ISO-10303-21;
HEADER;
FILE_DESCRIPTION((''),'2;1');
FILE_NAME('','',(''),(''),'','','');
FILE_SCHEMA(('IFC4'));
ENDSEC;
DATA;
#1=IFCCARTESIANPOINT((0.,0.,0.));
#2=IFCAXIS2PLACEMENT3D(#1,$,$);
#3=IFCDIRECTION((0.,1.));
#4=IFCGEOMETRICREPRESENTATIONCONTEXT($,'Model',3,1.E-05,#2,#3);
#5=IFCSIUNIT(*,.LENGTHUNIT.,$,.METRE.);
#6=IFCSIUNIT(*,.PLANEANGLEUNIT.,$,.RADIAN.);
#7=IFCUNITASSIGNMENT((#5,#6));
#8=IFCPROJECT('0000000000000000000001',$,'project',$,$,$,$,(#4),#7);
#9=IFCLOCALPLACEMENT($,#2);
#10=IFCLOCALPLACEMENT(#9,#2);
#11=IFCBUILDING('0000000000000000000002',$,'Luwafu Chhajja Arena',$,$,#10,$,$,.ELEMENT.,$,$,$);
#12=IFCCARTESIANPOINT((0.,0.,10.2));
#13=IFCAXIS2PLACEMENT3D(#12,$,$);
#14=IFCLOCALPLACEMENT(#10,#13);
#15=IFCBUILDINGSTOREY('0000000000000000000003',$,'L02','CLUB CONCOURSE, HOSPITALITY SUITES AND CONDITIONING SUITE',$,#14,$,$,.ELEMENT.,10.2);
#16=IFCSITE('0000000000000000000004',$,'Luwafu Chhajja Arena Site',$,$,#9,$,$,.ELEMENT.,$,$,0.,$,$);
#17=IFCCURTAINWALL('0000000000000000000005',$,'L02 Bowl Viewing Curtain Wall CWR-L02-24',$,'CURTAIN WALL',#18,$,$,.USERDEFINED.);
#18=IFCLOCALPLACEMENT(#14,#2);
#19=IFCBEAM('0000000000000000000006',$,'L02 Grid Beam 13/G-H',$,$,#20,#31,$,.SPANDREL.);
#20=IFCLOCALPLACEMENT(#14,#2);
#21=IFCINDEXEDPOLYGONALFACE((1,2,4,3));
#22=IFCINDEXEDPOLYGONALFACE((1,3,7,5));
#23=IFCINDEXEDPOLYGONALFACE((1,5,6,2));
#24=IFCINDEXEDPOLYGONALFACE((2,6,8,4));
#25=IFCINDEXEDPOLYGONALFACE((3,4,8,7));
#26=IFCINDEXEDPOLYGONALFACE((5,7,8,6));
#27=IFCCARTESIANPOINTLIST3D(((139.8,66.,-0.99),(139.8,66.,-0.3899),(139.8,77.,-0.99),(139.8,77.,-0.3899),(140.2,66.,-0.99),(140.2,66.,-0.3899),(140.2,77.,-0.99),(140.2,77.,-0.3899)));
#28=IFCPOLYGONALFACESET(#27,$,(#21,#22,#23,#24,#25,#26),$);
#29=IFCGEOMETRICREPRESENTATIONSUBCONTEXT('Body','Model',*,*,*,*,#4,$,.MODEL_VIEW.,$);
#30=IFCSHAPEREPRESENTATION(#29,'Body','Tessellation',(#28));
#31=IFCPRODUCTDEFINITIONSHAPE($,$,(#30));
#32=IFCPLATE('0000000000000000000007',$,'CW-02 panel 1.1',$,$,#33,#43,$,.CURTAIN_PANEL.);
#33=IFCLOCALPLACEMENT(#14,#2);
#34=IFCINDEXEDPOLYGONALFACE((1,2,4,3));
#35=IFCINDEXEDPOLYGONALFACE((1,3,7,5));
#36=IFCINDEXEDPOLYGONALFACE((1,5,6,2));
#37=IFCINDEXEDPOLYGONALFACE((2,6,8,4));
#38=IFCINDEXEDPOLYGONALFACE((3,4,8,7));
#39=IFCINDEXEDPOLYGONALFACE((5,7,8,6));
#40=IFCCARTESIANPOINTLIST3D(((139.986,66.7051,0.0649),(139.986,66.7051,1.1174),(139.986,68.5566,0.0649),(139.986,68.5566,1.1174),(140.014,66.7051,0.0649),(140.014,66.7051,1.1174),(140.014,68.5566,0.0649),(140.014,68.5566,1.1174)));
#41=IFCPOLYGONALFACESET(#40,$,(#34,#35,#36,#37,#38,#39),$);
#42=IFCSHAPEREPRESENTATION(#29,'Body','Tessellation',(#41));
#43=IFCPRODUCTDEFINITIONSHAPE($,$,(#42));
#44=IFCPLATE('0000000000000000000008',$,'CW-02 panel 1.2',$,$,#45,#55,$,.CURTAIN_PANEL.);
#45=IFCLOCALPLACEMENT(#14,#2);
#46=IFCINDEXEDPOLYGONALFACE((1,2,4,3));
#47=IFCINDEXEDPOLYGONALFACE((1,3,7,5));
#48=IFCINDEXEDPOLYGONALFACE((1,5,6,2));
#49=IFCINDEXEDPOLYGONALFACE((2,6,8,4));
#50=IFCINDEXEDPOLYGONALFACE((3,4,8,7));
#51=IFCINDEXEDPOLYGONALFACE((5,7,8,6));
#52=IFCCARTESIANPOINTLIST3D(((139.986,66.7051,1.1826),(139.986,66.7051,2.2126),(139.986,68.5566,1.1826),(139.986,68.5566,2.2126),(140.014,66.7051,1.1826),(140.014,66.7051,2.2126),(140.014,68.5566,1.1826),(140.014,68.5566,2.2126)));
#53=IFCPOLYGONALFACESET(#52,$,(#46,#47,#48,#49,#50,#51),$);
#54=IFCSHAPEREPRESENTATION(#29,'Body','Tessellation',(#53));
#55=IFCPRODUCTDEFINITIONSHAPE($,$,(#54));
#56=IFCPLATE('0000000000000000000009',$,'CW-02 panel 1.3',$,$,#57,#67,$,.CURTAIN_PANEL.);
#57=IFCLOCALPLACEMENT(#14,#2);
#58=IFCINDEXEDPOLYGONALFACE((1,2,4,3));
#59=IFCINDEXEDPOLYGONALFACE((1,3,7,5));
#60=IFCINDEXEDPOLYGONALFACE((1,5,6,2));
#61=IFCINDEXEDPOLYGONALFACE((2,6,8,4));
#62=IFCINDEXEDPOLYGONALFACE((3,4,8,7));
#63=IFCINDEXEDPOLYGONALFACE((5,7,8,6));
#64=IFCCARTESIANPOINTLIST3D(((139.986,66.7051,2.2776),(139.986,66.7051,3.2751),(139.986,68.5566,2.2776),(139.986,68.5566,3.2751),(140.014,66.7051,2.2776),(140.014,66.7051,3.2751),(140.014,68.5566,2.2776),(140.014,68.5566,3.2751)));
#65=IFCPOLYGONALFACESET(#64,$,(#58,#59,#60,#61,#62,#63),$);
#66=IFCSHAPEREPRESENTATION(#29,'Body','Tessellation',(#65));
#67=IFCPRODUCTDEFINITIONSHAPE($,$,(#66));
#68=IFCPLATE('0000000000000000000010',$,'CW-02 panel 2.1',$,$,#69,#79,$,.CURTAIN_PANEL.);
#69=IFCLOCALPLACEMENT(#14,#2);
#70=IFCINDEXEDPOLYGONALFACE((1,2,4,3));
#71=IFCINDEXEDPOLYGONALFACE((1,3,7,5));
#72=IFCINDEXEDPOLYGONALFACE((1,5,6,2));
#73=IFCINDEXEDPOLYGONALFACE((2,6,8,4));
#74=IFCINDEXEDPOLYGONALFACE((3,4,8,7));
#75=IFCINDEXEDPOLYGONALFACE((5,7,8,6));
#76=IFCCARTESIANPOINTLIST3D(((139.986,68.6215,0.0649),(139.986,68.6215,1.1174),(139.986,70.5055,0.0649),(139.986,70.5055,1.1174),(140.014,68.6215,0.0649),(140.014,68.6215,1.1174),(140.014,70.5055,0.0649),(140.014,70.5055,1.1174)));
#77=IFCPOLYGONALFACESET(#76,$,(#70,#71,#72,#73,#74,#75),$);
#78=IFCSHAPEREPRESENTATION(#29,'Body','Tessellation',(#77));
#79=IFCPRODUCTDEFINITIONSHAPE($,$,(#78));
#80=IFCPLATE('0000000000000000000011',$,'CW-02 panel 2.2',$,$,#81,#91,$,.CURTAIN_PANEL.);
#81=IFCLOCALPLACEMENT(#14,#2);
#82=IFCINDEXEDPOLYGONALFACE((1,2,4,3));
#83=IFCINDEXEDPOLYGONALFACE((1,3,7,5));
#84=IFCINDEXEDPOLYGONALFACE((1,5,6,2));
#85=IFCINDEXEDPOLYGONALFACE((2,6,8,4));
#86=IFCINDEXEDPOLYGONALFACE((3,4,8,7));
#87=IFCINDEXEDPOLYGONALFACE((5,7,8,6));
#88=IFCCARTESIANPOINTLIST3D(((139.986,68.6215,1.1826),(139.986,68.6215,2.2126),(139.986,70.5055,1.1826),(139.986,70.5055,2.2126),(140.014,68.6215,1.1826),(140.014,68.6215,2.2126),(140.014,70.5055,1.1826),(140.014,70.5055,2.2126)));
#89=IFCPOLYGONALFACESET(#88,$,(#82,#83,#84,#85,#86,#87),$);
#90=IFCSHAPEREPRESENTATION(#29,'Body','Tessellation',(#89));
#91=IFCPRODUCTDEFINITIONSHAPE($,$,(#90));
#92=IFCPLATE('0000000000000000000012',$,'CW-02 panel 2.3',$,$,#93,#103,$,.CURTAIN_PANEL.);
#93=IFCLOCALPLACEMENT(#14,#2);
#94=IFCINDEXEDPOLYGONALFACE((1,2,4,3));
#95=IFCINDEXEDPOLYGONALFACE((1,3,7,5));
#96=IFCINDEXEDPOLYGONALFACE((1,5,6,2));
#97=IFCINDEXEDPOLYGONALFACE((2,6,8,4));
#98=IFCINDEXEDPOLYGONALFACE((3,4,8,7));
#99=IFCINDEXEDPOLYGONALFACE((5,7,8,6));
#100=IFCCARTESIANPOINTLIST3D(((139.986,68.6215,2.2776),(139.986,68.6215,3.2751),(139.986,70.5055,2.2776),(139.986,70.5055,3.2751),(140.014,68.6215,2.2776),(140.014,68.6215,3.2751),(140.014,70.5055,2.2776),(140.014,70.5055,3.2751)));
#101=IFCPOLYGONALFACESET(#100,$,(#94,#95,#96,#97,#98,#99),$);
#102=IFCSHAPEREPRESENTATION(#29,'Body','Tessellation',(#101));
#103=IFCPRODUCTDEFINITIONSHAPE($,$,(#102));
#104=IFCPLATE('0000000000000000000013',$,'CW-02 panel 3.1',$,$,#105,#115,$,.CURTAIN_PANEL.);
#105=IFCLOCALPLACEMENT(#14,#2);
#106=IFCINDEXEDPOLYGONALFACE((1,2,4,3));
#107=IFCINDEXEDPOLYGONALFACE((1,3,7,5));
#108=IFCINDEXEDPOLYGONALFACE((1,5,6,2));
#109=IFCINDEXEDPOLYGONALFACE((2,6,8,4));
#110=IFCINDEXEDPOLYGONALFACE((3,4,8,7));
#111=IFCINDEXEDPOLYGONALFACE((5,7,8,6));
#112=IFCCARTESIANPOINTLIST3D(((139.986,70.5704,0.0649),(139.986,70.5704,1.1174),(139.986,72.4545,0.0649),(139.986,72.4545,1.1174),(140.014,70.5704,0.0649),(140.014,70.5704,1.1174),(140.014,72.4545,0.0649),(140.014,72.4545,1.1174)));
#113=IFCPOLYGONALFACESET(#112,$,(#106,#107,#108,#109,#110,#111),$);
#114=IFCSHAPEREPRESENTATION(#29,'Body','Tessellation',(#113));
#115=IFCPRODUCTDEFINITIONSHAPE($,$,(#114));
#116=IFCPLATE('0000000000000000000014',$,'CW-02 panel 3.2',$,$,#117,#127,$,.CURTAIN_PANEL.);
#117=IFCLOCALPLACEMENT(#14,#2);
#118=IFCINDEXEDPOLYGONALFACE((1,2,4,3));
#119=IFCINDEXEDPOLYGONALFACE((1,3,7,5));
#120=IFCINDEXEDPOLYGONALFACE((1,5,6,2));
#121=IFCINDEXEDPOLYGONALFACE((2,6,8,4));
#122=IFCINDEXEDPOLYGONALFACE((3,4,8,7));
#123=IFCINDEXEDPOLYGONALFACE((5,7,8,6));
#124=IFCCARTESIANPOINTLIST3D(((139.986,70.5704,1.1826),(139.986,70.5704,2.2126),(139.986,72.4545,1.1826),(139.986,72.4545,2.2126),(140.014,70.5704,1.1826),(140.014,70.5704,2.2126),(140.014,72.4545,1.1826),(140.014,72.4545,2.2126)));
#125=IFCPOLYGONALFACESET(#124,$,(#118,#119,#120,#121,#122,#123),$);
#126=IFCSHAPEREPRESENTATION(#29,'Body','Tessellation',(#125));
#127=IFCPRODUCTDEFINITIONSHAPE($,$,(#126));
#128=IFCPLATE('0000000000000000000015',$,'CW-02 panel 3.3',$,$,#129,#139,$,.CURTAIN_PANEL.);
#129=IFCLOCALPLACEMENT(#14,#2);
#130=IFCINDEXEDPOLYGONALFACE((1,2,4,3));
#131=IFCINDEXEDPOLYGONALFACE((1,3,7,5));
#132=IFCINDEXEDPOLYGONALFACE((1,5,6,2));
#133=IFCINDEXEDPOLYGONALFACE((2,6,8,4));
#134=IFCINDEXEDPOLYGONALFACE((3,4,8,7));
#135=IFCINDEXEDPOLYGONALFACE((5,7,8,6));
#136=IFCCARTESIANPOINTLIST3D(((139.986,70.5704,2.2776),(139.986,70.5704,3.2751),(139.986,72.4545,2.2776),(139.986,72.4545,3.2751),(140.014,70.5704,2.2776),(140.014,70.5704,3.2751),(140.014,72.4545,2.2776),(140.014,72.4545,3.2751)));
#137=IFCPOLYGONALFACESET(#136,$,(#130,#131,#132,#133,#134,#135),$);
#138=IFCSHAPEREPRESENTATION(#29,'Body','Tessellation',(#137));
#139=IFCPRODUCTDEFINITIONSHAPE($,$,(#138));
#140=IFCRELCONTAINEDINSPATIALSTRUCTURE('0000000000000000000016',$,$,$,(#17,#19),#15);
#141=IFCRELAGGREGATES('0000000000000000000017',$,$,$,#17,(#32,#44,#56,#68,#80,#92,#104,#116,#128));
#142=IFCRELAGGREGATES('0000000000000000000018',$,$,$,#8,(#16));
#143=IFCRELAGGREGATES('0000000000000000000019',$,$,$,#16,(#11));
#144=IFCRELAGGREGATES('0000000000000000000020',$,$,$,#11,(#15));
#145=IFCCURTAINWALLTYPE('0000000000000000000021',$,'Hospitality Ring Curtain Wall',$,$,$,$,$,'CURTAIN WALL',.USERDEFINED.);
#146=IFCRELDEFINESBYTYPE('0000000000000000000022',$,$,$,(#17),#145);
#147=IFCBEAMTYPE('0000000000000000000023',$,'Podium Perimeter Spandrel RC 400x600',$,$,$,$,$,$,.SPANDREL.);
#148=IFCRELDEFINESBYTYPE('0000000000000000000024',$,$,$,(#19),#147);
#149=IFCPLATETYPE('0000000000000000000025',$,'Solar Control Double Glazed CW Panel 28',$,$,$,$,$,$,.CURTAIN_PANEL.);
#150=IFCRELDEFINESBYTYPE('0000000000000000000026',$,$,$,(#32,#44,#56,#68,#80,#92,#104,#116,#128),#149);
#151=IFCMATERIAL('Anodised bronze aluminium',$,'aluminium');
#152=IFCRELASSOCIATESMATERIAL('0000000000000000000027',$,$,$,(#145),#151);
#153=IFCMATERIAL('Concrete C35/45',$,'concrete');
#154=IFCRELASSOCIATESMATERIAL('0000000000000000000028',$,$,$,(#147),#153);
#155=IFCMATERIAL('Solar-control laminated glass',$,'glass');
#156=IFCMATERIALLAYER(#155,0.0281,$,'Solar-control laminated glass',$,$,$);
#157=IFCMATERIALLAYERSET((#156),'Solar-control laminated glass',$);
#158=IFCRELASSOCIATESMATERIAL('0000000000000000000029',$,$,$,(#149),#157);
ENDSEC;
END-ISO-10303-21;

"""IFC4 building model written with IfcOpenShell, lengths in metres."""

from ifc_helpers import new_model, si_unit, direction, frame, origin, origin_2d, place, context, subcontext, project, spatial, rectangle, extrude, material, layer, layer_set, material_profile, profile_set, type_object, element, aggregate, save


model = new_model("IFC4")

# Units and contexts
model_context = context("Model", 3, precision=1e-05, world=origin(), true_north=direction((0.0, 1.0)))
body_context = subcontext(model_context, "Body", "Model", "MODEL_VIEW")
ifc_project = project(units=[si_unit("LENGTHUNIT", "METRE"), si_unit("PLANEANGLEUNIT", "RADIAN")], contexts=[model_context])

# Site, building, storey
site_placement = place(None, origin())
site = spatial("IfcSite", under=ifc_project, at=site_placement, Name="Luwafu Chhajja Arena Site", CompositionType="ELEMENT", RefElevation=0.0)
building_placement = place(site_placement, origin())
building = spatial("IfcBuilding", under=site, at=building_placement, Name="Luwafu Chhajja Arena", CompositionType="ELEMENT")
storey_placement = place(building_placement, frame((0.0, 0.0, 10.2)))
storey = spatial("IfcBuildingStorey", under=building, at=storey_placement, Name="L02", Description="CLUB CONCOURSE, HOSPITALITY SUITES AND CONDITIONING SUITE", CompositionType="ELEMENT", Elevation=10.2)

# Curtain wall
ifc_material_1 = material(Name="Anodised bronze aluminium", Category="aluminium")
curtain_wall_type = type_object("IfcCurtainWallType", Name="Hospitality Ring Curtain Wall", ElementType="CURTAIN WALL", PredefinedType="USERDEFINED", material=ifc_material_1)
curtain_wall_placement = place(storey_placement, origin())
curtain_wall = element("IfcCurtainWall", 1, at=curtain_wall_placement, inside=storey, type_object=curtain_wall_type, Name="L02 Bowl Viewing Curtain Wall CWR-L02-24", ObjectType="CURTAIN WALL", PredefinedType="USERDEFINED")

# Beam
ifc_material_2 = material(Name="Concrete C35/45", Category="concrete")
ifc_material_profile_1 = material_profile(ifc_material_2, rectangle(XDim=0.3999, YDim=0.6001, at=origin_2d()), Name="RC 400x600")
ifc_profile_set_1 = profile_set([ifc_material_profile_1], Name="Concrete C35/45")
beam_type = type_object("IfcBeamType", Name="Podium Perimeter Spandrel RC 400x600", PredefinedType="SPANDREL", material=ifc_profile_set_1)
beam_placement = place(storey_placement, frame((140.0, 66.0, -0.6899), z_axis=(0.0, 1.0, 0.0), x_axis=(-1.0, 0.0, 0.0)))
element("IfcBeam", 2, at=beam_placement, inside=storey, type_object=beam_type, Name="L02 Grid Beam 13/G-H", PredefinedType="SPANDREL", context=body_context, shape_type="SweptSolid", body=[
    extrude(rectangle(XDim=0.3999, YDim=0.6001, at=origin_2d()), origin(), (0.0, 0.0, 1.0), 11.0),
])

# Plates
ifc_material_3 = material(Name="Solar-control laminated glass", Category="glass")
ifc_layer = layer(ifc_material_3, 0.0281, Name="Solar-control laminated glass")
ifc_layer_set = layer_set([ifc_layer], Name="Solar-control laminated glass")
plate_type = type_object("IfcPlateType", Name="Solar Control Double Glazed CW Panel 28", PredefinedType="CURTAIN_PANEL", material=ifc_layer_set)
plate_1_placement = place(storey_placement, frame((140.0, 67.6309, 0.0649), z_axis=(0.0, 0.0, 1.0), x_axis=(0.0, 1.0, 0.0)))
plate_1 = element("IfcPlate", 3, at=plate_1_placement, type_object=plate_type, Name="CW-02 panel 1.1", PredefinedType="CURTAIN_PANEL", context=body_context, shape_type="SweptSolid", body=[
    extrude(rectangle(XDim=1.8516, YDim=0.0281, at=origin_2d()), origin(), (0.0, 0.0, 1.0), 1.0525),
])
plate_2_placement = place(storey_placement, frame((140.0, 67.6309, 1.1826), z_axis=(0.0, 0.0, 1.0), x_axis=(0.0, 1.0, 0.0)))
plate_2 = element("IfcPlate", 4, at=plate_2_placement, type_object=plate_type, Name="CW-02 panel 1.2", PredefinedType="CURTAIN_PANEL", context=body_context, shape_type="SweptSolid", body=[
    extrude(rectangle(XDim=1.8516, YDim=0.0281, at=origin_2d()), origin(), (0.0, 0.0, 1.0), 1.03),
])
plate_3_placement = place(storey_placement, frame((140.0, 67.6309, 2.2776), z_axis=(0.0, 0.0, 1.0), x_axis=(0.0, 1.0, 0.0)))
plate_3 = element("IfcPlate", 5, at=plate_3_placement, type_object=plate_type, Name="CW-02 panel 1.3", PredefinedType="CURTAIN_PANEL", context=body_context, shape_type="SweptSolid", body=[
    extrude(rectangle(XDim=1.8516, YDim=0.0281, at=origin_2d()), origin(), (0.0, 0.0, 1.0), 0.9976),
])
plate_4_placement = place(storey_placement, frame((140.0, 69.5635, 0.0649), z_axis=(0.0, 0.0, 1.0), x_axis=(0.0, 1.0, 0.0)))
plate_4 = element("IfcPlate", 6, at=plate_4_placement, type_object=plate_type, Name="CW-02 panel 2.1", PredefinedType="CURTAIN_PANEL", context=body_context, shape_type="SweptSolid", body=[
    extrude(rectangle(XDim=1.884, YDim=0.0281, at=origin_2d()), origin(), (0.0, 0.0, 1.0), 1.0525),
])
plate_5_placement = place(storey_placement, frame((140.0, 69.5635, 1.1826), z_axis=(0.0, 0.0, 1.0), x_axis=(0.0, 1.0, 0.0)))
plate_5 = element("IfcPlate", 7, at=plate_5_placement, type_object=plate_type, Name="CW-02 panel 2.2", PredefinedType="CURTAIN_PANEL", context=body_context, shape_type="SweptSolid", body=[
    extrude(rectangle(XDim=1.884, YDim=0.0281, at=origin_2d()), origin(), (0.0, 0.0, 1.0), 1.03),
])
plate_6_placement = place(storey_placement, frame((140.0, 69.5635, 2.2776), z_axis=(0.0, 0.0, 1.0), x_axis=(0.0, 1.0, 0.0)))
plate_6 = element("IfcPlate", 8, at=plate_6_placement, type_object=plate_type, Name="CW-02 panel 2.3", PredefinedType="CURTAIN_PANEL", context=body_context, shape_type="SweptSolid", body=[
    extrude(rectangle(XDim=1.884, YDim=0.0281, at=origin_2d()), origin(), (0.0, 0.0, 1.0), 0.9976),
])
plate_7_placement = place(storey_placement, frame((140.0, 71.5125, 0.0649), z_axis=(0.0, 0.0, 1.0), x_axis=(0.0, 1.0, 0.0)))
plate_7 = element("IfcPlate", 9, at=plate_7_placement, type_object=plate_type, Name="CW-02 panel 3.1", PredefinedType="CURTAIN_PANEL", context=body_context, shape_type="SweptSolid", body=[
    extrude(rectangle(XDim=1.884, YDim=0.0281, at=origin_2d()), origin(), (0.0, 0.0, 1.0), 1.0525),
])
plate_8_placement = place(storey_placement, frame((140.0, 71.5125, 1.1826), z_axis=(0.0, 0.0, 1.0), x_axis=(0.0, 1.0, 0.0)))
plate_8 = element("IfcPlate", 10, at=plate_8_placement, type_object=plate_type, Name="CW-02 panel 3.2", PredefinedType="CURTAIN_PANEL", context=body_context, shape_type="SweptSolid", body=[
    extrude(rectangle(XDim=1.884, YDim=0.0281, at=origin_2d()), origin(), (0.0, 0.0, 1.0), 1.03),
])
plate_9_placement = place(storey_placement, frame((140.0, 71.5125, 2.2776), z_axis=(0.0, 0.0, 1.0), x_axis=(0.0, 1.0, 0.0)))
plate_9 = element("IfcPlate", 11, at=plate_9_placement, type_object=plate_type, Name="CW-02 panel 3.3", PredefinedType="CURTAIN_PANEL", context=body_context, shape_type="SweptSolid", body=[
    extrude(rectangle(XDim=1.884, YDim=0.0281, at=origin_2d()), origin(), (0.0, 0.0, 1.0), 0.9976),
])
aggregate(curtain_wall, [plate_1, plate_2, plate_3, plate_4, plate_5, plate_6, plate_7, plate_8, plate_9])

save(model, "model.ifc")
